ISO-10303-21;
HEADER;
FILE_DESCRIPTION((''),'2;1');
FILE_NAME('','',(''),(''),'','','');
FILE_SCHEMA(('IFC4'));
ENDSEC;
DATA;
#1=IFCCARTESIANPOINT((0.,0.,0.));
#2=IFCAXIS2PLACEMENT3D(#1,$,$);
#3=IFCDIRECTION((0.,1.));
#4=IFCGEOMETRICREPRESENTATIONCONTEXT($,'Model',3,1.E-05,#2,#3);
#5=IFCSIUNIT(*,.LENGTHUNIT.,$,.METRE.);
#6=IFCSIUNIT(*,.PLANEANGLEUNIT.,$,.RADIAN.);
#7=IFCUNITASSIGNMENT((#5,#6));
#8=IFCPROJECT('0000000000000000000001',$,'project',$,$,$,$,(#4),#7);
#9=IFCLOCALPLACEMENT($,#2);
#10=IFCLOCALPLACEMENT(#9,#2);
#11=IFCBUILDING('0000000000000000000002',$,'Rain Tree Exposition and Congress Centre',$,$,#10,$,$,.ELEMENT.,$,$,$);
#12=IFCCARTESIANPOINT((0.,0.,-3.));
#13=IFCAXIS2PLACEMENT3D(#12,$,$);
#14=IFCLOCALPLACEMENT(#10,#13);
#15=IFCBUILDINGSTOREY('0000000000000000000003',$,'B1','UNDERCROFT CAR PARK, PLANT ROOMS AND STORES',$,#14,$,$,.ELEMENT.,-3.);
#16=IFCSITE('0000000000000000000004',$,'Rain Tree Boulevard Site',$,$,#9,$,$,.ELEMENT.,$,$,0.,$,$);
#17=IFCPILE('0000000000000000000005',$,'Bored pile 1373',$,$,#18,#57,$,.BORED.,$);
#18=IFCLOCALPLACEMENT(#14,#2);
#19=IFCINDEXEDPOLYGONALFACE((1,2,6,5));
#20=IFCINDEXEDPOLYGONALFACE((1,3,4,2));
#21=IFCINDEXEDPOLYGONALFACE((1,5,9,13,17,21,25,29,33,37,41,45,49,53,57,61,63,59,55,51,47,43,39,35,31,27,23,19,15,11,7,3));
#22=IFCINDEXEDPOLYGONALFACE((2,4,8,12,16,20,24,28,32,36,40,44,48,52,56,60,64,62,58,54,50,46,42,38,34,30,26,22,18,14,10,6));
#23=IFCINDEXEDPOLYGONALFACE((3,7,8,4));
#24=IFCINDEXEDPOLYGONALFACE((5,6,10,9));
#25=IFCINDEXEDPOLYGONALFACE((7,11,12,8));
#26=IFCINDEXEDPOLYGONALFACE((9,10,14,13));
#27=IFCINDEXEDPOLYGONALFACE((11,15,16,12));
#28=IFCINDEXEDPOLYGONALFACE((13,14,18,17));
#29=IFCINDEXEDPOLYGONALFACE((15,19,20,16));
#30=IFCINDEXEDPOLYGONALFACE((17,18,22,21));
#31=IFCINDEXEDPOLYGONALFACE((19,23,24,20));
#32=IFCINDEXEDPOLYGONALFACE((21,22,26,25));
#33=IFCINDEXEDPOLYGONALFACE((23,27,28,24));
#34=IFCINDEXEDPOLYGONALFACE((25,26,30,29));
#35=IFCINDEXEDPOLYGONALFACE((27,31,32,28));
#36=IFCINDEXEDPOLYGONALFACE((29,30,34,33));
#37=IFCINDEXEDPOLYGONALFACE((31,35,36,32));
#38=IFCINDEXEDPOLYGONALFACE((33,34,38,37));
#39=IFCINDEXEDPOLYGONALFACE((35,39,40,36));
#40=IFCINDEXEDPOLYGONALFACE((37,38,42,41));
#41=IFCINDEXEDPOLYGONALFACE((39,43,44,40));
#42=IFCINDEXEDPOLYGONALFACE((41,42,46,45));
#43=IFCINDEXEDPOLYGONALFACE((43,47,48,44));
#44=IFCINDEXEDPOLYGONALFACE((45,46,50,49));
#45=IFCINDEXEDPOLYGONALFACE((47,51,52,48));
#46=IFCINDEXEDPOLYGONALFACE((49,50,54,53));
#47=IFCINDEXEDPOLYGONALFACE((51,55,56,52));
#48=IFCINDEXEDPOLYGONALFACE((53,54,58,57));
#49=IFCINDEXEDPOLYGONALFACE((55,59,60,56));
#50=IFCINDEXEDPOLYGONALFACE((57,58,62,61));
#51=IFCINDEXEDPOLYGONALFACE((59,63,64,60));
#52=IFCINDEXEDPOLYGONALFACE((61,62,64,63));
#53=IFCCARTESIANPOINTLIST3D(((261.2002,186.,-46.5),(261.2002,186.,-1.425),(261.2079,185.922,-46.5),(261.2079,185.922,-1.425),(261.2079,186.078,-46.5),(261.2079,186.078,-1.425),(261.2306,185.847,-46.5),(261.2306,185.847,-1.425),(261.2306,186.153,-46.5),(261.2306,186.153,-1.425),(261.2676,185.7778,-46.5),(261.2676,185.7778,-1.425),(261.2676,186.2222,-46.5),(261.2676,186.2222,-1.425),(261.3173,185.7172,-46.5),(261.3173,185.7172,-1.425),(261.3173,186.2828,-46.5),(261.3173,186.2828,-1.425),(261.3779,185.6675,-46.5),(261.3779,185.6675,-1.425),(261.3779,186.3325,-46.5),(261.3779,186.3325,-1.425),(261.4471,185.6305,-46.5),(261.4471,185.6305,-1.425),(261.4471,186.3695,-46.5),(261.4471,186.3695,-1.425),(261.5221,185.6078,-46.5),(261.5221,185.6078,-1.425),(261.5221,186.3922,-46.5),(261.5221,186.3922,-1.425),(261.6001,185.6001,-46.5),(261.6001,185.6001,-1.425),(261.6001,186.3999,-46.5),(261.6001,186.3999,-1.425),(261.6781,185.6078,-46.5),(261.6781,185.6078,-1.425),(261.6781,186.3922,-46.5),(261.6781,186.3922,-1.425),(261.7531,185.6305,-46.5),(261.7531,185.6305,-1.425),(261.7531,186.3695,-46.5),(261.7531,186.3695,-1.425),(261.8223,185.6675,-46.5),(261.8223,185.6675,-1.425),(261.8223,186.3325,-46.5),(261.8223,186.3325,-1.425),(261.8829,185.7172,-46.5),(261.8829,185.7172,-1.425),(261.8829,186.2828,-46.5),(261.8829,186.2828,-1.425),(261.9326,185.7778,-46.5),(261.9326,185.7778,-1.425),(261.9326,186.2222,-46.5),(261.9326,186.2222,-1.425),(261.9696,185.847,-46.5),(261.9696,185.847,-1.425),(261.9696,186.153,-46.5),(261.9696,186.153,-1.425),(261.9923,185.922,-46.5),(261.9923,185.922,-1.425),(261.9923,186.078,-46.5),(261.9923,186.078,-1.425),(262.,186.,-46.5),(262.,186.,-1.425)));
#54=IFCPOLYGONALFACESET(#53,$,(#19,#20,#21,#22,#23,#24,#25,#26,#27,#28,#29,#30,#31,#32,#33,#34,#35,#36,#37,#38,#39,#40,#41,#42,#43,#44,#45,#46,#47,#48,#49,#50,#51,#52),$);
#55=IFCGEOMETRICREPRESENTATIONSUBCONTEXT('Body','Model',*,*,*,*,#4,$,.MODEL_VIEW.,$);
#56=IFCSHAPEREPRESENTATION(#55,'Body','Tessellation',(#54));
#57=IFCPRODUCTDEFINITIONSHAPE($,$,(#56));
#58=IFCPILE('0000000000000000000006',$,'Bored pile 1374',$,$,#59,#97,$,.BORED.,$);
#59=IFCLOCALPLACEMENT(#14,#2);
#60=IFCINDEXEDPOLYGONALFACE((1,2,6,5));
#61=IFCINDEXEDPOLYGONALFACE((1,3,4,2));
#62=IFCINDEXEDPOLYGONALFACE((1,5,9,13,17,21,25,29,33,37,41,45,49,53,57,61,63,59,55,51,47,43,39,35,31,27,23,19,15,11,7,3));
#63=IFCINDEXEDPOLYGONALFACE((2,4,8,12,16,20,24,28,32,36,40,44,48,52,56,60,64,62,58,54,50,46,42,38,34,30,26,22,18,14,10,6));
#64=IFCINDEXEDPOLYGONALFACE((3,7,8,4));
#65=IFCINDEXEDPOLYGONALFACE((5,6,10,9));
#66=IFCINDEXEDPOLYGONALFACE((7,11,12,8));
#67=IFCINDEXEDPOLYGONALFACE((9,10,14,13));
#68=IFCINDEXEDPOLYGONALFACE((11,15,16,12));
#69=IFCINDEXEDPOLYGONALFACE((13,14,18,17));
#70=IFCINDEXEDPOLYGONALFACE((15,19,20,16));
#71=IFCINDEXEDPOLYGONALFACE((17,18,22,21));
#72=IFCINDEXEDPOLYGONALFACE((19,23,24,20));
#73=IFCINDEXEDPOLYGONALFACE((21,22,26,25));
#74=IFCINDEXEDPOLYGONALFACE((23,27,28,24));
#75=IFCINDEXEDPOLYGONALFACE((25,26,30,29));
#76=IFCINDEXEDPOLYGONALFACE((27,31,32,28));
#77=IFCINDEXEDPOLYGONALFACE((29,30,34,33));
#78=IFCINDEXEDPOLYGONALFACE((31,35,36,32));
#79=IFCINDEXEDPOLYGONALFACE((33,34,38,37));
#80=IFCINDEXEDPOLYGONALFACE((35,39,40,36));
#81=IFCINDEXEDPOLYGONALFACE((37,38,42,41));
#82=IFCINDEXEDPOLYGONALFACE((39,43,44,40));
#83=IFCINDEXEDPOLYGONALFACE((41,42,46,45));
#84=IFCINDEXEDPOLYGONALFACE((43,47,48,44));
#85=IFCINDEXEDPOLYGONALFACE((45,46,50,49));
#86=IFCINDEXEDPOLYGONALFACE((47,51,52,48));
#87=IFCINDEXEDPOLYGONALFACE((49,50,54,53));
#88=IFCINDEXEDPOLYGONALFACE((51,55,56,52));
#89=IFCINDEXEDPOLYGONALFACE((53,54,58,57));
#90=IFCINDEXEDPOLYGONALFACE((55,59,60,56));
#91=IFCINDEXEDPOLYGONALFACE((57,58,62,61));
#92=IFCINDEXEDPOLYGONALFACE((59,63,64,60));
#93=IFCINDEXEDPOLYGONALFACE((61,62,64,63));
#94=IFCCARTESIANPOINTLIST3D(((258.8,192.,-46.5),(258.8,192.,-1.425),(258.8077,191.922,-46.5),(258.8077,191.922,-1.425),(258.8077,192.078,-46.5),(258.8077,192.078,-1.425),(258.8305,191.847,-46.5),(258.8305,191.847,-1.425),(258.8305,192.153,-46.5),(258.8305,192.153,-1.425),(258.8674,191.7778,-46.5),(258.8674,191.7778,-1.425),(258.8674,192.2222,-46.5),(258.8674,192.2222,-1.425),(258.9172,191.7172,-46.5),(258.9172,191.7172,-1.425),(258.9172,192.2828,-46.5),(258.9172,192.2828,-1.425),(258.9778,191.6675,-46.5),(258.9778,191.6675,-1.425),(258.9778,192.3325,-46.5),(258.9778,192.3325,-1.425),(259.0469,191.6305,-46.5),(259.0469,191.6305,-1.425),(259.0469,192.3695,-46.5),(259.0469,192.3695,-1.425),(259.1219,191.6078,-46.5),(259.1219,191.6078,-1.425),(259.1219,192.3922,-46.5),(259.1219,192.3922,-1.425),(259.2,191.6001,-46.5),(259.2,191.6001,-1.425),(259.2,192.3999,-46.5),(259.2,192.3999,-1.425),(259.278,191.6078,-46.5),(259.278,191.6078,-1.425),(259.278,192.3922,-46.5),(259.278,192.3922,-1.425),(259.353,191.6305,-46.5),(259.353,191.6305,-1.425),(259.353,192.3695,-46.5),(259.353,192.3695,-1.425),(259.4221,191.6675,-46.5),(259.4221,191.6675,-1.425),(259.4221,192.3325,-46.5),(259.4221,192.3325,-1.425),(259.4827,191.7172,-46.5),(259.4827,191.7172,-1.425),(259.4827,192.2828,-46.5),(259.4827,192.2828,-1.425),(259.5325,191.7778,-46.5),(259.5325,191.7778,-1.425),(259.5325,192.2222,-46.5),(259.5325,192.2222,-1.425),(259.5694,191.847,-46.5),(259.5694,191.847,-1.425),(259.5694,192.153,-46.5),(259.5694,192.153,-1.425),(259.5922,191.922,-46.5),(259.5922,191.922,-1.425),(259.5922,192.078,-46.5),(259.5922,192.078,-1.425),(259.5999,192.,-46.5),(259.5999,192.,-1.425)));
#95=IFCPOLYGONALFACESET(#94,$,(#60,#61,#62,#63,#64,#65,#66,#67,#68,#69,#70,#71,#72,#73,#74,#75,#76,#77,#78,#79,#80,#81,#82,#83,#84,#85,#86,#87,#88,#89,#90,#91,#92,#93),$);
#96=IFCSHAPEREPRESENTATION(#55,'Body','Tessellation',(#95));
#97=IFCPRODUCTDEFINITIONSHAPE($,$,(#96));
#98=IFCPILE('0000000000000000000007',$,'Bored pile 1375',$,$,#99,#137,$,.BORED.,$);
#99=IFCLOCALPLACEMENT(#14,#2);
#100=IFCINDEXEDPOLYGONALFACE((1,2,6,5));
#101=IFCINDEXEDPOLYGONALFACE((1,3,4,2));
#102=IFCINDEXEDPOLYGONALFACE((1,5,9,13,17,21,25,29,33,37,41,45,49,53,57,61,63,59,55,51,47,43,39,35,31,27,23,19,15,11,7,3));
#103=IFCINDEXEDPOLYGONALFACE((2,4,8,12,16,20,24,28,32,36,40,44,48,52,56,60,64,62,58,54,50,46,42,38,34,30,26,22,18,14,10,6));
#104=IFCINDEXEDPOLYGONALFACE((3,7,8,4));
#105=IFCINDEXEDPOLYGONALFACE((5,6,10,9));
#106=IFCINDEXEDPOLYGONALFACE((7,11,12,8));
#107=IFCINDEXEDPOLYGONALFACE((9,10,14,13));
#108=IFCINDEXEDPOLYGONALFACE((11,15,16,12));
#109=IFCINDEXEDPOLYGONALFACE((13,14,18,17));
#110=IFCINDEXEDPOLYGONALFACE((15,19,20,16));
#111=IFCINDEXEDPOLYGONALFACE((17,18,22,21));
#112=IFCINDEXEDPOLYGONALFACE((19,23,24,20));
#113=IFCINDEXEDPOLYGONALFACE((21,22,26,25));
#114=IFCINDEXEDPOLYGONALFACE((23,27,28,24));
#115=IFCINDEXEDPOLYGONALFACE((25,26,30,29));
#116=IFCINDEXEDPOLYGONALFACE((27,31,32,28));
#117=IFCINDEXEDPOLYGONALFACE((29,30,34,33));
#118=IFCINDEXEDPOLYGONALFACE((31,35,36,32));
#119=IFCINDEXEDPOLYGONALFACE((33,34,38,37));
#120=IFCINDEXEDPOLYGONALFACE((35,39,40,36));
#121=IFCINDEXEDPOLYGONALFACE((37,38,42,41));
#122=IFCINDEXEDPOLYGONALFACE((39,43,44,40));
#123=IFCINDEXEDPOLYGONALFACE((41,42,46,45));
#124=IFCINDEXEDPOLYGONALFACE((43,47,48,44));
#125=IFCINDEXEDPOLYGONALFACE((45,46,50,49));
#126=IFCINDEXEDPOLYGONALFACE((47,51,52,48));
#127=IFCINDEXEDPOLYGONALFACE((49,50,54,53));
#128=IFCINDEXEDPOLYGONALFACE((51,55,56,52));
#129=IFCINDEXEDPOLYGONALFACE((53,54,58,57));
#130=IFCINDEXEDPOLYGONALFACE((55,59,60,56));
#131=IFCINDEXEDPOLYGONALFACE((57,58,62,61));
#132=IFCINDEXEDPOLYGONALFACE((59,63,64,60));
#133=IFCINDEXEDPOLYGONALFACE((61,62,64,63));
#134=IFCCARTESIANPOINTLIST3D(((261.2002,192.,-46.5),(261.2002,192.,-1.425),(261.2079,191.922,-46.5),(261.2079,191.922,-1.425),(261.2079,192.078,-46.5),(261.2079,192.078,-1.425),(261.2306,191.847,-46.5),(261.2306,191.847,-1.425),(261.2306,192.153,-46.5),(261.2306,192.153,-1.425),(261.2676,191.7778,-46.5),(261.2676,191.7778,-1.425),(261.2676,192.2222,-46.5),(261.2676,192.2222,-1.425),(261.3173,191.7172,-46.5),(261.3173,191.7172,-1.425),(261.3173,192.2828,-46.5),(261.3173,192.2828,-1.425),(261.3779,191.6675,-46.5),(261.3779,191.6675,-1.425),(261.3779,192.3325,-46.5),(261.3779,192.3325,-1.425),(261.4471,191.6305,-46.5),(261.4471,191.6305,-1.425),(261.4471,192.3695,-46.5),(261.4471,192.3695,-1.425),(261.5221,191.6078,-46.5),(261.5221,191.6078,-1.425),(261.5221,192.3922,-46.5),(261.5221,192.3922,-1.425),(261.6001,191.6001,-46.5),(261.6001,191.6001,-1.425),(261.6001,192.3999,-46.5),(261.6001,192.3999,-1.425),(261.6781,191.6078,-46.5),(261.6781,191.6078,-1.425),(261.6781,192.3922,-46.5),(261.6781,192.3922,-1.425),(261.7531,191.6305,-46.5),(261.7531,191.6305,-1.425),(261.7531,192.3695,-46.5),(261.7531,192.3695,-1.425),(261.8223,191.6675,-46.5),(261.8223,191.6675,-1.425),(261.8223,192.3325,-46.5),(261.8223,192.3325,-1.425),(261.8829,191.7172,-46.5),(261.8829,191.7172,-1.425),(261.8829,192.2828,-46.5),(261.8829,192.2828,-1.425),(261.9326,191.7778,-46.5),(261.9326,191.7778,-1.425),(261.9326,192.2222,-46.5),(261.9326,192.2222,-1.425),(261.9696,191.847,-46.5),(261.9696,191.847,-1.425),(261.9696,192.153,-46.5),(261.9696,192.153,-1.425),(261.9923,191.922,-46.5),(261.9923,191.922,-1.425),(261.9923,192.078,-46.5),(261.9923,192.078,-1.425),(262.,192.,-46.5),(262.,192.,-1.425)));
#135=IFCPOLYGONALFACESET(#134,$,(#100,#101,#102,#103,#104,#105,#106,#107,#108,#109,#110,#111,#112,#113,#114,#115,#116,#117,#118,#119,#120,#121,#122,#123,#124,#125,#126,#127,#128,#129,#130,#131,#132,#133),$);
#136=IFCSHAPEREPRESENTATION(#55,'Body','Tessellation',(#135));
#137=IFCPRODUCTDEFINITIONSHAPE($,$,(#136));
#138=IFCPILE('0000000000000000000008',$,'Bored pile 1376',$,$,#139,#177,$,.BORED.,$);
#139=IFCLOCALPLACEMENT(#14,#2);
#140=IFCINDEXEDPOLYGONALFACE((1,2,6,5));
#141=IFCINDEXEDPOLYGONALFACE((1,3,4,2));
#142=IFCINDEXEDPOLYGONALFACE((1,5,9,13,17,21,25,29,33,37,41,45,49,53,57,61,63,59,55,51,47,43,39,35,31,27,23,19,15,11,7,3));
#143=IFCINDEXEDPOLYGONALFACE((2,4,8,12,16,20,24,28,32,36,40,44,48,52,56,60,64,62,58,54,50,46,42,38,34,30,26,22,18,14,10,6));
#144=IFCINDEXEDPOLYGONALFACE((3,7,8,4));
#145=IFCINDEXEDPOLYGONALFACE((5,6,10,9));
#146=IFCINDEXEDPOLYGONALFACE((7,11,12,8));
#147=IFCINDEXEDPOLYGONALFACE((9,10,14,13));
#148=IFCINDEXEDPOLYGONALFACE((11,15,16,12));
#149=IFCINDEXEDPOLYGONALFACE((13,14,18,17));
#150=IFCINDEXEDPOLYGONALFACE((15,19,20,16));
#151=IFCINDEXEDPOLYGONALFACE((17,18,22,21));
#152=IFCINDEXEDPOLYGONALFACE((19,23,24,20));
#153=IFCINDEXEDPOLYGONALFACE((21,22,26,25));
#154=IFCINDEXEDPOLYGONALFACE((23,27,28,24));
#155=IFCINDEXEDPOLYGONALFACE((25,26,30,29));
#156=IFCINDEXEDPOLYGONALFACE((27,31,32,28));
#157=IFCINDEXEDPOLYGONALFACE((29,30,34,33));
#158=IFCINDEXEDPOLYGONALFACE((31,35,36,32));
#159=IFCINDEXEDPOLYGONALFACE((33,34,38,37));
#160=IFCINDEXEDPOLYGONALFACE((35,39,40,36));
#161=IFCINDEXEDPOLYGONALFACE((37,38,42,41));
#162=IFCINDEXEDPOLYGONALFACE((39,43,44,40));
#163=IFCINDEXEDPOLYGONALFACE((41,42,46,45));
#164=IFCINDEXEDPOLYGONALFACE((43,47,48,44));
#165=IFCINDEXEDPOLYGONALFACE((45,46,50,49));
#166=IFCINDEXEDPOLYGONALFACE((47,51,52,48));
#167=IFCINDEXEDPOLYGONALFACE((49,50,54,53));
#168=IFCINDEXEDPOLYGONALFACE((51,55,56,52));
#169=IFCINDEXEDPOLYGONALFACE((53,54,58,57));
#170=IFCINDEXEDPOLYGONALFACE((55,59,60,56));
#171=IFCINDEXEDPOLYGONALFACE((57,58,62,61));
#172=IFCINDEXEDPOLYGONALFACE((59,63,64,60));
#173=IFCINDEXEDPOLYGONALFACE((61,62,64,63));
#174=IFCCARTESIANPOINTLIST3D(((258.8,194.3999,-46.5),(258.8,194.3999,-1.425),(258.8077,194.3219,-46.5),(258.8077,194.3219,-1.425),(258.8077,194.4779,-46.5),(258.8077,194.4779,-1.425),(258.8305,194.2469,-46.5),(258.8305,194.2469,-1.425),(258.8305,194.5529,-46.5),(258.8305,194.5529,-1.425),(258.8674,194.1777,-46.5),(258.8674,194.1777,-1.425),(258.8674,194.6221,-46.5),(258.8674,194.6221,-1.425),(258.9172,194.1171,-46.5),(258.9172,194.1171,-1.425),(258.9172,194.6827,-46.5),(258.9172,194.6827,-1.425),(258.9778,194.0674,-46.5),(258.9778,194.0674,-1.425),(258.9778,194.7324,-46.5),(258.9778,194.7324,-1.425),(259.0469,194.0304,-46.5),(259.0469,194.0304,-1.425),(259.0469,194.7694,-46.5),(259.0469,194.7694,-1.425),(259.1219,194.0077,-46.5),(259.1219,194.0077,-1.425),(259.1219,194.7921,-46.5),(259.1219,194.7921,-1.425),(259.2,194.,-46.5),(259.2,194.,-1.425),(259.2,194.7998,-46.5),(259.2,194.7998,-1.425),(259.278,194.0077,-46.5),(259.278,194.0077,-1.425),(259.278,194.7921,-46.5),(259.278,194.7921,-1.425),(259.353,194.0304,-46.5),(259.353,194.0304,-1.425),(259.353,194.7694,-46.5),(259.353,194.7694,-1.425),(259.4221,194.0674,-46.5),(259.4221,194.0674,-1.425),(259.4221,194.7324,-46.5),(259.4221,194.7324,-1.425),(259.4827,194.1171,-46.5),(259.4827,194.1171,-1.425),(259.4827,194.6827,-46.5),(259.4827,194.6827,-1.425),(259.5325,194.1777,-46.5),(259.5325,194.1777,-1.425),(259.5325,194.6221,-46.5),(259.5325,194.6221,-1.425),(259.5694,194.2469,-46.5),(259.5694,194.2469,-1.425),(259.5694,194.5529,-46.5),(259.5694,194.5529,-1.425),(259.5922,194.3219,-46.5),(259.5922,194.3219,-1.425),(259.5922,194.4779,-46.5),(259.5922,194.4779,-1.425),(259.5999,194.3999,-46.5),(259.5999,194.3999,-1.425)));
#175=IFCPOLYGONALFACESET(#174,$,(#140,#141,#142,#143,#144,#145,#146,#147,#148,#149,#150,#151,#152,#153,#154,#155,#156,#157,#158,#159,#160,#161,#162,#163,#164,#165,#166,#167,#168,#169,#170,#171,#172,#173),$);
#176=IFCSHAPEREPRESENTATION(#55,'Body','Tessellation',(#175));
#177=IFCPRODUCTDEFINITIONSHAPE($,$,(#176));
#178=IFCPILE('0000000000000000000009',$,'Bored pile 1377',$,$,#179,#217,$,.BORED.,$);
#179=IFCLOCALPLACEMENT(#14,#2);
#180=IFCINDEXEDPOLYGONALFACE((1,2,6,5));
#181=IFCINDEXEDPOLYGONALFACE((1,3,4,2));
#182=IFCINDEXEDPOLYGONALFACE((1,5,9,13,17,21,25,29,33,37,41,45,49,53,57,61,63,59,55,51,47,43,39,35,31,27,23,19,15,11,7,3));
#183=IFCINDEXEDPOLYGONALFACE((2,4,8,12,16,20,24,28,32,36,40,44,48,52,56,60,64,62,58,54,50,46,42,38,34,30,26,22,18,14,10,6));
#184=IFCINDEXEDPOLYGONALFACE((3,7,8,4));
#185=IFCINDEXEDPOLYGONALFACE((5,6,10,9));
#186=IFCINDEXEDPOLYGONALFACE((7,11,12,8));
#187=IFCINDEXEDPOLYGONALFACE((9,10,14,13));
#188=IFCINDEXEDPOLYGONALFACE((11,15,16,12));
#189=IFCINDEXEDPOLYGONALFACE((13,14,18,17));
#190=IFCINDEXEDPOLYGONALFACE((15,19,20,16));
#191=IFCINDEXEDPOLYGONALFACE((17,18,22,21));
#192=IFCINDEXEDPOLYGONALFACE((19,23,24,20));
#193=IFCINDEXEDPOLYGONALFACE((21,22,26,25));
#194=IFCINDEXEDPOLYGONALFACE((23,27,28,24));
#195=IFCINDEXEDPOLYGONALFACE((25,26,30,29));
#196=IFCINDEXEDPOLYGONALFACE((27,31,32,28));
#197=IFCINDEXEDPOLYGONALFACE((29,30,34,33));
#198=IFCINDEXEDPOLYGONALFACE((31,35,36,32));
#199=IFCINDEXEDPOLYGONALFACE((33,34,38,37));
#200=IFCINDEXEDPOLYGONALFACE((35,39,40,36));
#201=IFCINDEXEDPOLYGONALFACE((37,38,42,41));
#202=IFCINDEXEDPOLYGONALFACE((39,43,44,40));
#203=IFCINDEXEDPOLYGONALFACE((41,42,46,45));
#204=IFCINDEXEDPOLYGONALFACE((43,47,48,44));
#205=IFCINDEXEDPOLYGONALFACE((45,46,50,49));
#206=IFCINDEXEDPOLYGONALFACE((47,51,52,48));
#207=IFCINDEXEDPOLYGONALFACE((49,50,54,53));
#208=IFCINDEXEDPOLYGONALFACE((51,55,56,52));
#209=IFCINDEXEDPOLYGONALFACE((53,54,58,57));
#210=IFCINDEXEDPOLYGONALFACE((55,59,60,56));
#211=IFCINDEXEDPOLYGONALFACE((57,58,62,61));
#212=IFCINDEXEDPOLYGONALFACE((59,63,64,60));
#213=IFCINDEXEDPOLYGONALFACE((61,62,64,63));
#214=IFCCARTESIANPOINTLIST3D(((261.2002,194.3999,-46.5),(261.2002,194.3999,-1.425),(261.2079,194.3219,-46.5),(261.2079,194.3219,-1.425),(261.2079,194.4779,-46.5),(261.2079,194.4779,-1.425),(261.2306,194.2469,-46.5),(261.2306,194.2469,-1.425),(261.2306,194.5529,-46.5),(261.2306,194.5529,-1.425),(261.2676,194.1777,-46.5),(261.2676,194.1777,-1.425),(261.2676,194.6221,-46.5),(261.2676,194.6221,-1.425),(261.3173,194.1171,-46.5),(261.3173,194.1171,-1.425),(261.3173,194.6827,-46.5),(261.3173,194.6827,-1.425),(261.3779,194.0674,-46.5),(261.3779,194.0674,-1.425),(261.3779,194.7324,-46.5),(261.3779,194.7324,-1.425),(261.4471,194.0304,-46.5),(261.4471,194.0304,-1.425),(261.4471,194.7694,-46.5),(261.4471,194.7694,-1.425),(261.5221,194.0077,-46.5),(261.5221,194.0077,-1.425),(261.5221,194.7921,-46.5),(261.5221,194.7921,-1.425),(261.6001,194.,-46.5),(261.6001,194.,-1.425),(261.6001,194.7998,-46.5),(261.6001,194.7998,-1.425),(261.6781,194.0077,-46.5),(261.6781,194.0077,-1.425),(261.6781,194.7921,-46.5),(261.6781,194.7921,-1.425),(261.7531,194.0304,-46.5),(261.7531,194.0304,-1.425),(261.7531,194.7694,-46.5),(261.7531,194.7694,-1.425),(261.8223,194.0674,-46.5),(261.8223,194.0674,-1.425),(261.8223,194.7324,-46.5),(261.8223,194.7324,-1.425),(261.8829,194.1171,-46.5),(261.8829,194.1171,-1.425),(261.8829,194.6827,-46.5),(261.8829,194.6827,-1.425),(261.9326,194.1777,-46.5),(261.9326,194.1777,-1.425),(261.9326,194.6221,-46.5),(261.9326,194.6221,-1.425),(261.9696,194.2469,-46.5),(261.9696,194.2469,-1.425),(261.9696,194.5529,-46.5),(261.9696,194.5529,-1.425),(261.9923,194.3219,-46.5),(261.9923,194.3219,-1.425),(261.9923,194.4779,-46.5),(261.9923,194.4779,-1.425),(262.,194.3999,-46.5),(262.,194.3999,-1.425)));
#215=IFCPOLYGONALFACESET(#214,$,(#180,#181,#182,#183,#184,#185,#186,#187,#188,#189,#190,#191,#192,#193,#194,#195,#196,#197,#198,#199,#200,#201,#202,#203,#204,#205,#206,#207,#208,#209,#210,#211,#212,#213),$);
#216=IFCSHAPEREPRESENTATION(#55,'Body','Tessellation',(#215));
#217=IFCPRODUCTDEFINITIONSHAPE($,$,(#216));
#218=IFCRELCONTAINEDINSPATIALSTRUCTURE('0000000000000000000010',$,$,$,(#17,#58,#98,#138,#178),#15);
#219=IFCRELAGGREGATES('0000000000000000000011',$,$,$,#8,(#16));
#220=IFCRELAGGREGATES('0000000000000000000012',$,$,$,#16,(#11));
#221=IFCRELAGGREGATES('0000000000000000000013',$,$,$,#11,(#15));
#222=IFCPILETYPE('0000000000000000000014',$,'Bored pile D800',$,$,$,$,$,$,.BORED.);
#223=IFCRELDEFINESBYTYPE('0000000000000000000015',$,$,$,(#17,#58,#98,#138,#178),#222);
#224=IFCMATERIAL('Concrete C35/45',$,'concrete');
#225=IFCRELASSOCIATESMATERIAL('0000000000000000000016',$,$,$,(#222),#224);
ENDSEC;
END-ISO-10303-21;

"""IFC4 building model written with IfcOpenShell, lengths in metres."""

from ifc_helpers import new_model, si_unit, direction, frame, origin, origin_2d, place, context, subcontext, project, spatial, circle, extrude, material, material_profile, profile_set, type_object, element, save


model = new_model("IFC4")

# Units and contexts
model_context = context("Model", 3, precision=1e-05, world=origin(), true_north=direction((0.0, 1.0)))
body_context = subcontext(model_context, "Body", "Model", "MODEL_VIEW")
ifc_project = project(units=[si_unit("LENGTHUNIT", "METRE"), si_unit("PLANEANGLEUNIT", "RADIAN")], contexts=[model_context])

# Site, building, storey
site_placement = place(None, origin())
site = spatial("IfcSite", under=ifc_project, at=site_placement, Name="Rain Tree Boulevard Site", CompositionType="ELEMENT", RefElevation=0.0)
building_placement = place(site_placement, origin())
building = spatial("IfcBuilding", under=site, at=building_placement, Name="Rain Tree Exposition and Congress Centre", CompositionType="ELEMENT")
storey_placement = place(building_placement, frame((0.0, 0.0, -3.0)))
storey = spatial("IfcBuildingStorey", under=building, at=storey_placement, Name="B1", Description="UNDERCROFT CAR PARK, PLANT ROOMS AND STORES", CompositionType="ELEMENT", Elevation=-3.0)

# Piles
ifc_material_1 = material(Name="Concrete C35/45", Category="concrete")
ifc_material_profile_1 = material_profile(ifc_material_1, circle(Radius=0.3999, at=origin_2d()), Name="D800")
ifc_profile_set_1 = profile_set([ifc_material_profile_1], Name="Concrete C35/45")
pile_type_1 = type_object("IfcPileType", Name="Bored pile D800", PredefinedType="BORED", material=ifc_profile_set_1)
for number, where, z_axis, x_axis, name in (
    (1, (261.6001, 186.0, -1.425), (0.0, 0.0, -1.0), (1.0, 0.0, 0.0), "Bored pile 1373"),
    (2, (259.2, 192.0, -1.425), (0.0, 0.0, -1.0), (1.0, 0.0, 0.0), "Bored pile 1374"),
    (3, (261.6001, 192.0, -1.425), (0.0, 0.0, -1.0), (1.0, 0.0, 0.0), "Bored pile 1375"),
    (4, (259.2, 194.3999, -1.425), (0.0, 0.0, -1.0), (1.0, 0.0, 0.0), "Bored pile 1376"),
    (5, (261.6001, 194.3999, -1.425), (0.0, 0.0, -1.0), (1.0, 0.0, 0.0), "Bored pile 1377"),
):
    element("IfcPile", number, at=place(storey_placement, frame(where, z_axis=z_axis, x_axis=x_axis)), inside=storey, type_object=pile_type_1, Name=name, PredefinedType="BORED", context=body_context, shape_type="SweptSolid", body=[
        extrude(circle(Radius=0.3999, at=origin_2d()), origin(), (0.0, 0.0, 1.0), 45.075),
    ])

save(model, "model.ifc")
